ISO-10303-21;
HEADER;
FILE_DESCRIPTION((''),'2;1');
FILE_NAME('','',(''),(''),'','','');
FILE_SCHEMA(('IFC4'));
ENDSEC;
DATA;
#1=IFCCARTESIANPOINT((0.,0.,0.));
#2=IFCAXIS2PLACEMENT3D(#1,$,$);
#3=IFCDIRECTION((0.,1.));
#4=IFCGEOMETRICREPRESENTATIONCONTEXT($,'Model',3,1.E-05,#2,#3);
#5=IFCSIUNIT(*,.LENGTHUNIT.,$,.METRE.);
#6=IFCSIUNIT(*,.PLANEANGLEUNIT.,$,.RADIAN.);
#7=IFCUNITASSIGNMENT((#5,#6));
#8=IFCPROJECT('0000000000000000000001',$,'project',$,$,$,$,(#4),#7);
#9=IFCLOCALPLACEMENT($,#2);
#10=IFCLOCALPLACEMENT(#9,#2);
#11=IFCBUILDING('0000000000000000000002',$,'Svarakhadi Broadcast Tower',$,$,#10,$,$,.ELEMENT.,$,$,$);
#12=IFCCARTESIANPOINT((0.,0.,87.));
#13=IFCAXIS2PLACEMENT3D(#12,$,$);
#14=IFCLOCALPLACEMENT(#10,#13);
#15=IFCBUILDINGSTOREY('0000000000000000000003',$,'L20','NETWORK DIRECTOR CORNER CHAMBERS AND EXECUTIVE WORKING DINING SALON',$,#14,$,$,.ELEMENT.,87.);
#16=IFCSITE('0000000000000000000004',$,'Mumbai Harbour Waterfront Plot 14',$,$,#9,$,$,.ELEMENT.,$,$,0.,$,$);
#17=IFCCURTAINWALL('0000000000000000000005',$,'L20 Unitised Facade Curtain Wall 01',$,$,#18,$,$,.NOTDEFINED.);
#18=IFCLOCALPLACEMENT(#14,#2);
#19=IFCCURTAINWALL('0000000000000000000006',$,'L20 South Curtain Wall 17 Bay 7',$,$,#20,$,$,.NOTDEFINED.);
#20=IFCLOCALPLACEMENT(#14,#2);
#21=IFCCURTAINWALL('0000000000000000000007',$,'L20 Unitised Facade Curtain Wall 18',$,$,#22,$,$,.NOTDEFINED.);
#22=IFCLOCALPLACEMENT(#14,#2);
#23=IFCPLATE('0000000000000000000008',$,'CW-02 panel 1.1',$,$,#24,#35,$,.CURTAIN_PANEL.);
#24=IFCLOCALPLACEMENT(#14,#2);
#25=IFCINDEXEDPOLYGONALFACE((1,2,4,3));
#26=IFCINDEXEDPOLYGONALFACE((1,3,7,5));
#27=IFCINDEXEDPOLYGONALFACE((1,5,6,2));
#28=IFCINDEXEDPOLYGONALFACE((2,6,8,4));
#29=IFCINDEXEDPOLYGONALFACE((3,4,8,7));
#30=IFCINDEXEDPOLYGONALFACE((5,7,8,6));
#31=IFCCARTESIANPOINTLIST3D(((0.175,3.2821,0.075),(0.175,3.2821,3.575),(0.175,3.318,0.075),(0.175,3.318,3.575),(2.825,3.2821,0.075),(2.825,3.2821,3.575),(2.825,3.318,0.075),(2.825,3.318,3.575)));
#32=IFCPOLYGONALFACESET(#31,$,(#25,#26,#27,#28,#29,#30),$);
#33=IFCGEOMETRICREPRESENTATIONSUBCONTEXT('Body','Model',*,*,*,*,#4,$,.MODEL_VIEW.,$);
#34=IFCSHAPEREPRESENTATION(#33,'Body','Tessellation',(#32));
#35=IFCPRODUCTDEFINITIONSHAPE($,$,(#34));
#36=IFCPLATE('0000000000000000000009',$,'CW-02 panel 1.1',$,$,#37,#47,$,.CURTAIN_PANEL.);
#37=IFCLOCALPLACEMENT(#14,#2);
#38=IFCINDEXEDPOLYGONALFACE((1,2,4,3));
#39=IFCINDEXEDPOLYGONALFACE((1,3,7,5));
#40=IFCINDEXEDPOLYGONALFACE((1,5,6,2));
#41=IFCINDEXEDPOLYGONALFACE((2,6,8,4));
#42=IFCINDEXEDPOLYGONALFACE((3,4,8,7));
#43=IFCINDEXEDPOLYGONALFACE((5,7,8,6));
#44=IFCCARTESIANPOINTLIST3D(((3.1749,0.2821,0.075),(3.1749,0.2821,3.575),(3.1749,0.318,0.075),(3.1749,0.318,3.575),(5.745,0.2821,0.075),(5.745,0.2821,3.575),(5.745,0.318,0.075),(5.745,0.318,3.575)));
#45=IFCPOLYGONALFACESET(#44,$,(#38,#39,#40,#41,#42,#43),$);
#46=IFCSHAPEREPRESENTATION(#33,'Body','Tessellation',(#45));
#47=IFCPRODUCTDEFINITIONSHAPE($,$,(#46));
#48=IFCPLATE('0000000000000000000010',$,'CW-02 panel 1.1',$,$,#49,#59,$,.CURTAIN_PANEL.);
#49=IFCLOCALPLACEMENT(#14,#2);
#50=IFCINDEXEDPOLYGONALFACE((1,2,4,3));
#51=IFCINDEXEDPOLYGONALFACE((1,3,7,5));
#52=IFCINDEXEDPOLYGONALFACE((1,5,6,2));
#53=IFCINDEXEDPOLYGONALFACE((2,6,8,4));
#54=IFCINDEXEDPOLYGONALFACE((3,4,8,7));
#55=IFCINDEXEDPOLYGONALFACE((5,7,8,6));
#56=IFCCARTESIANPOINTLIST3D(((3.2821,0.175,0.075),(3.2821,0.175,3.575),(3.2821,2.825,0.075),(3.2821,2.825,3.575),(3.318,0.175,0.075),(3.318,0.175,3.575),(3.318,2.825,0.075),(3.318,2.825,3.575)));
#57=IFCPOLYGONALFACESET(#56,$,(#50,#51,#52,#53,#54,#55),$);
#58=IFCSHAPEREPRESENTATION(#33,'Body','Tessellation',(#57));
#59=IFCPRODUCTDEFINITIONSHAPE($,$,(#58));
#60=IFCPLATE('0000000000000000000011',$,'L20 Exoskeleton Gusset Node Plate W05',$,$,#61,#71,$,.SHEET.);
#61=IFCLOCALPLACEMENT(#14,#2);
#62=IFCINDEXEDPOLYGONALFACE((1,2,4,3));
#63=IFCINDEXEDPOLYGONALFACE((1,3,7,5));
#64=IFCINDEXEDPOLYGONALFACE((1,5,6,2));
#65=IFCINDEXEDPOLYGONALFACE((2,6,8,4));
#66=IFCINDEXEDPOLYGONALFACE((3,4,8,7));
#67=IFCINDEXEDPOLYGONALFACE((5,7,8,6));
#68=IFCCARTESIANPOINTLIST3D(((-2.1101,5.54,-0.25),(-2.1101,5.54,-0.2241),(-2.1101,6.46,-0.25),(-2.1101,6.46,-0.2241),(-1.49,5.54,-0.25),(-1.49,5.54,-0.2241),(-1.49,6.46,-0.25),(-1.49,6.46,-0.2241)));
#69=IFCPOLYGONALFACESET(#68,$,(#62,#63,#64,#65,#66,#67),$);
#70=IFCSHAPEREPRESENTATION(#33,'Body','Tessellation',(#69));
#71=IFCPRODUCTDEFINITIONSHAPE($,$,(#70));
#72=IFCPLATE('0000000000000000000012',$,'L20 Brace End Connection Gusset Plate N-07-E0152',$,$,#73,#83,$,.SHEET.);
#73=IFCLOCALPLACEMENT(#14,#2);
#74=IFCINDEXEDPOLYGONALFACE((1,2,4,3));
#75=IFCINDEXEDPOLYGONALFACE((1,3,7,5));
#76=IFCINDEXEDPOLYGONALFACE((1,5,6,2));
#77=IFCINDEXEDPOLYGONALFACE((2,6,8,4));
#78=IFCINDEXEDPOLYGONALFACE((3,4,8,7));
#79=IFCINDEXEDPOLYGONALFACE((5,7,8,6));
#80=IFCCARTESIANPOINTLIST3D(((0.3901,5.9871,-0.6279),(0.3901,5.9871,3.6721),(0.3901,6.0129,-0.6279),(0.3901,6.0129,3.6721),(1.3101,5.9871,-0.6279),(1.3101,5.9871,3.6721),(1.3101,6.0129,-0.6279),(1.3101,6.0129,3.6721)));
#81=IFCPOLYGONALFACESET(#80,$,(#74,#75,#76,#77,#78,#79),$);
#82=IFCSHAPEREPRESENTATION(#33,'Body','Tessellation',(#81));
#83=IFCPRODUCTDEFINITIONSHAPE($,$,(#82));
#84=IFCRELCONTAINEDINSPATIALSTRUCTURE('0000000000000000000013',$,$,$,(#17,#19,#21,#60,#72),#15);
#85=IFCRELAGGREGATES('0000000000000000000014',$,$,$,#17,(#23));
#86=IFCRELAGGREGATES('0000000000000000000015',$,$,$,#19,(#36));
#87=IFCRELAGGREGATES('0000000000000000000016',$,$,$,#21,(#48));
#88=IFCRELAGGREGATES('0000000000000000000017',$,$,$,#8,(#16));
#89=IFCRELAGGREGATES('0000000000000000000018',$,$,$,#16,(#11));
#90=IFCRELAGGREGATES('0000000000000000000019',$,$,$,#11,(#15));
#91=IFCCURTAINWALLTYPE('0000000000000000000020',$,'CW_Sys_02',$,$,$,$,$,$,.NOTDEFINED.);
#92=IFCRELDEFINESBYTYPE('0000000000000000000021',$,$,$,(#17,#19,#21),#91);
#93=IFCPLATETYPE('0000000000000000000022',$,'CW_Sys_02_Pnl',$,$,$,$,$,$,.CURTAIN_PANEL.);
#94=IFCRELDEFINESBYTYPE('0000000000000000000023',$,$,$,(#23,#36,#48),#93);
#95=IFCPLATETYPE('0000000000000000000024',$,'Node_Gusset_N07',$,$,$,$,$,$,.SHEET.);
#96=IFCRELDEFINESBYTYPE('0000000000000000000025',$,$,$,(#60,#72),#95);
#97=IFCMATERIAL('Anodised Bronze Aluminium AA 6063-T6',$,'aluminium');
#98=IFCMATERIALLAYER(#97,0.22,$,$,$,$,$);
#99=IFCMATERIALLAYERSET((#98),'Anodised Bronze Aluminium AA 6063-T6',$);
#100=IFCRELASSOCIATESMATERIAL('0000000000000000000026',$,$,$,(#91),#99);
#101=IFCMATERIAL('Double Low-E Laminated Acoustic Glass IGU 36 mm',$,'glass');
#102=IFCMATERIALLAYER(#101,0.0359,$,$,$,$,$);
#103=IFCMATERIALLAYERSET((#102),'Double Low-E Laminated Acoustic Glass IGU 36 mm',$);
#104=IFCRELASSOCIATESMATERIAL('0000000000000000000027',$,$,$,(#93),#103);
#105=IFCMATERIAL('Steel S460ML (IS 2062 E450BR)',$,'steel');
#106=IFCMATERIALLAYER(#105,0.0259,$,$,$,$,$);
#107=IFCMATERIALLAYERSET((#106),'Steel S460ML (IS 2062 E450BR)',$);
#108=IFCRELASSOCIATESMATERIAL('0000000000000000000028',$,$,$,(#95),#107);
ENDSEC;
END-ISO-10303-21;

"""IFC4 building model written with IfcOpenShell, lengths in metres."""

from ifc_helpers import new_model, si_unit, direction, frame, origin, origin_2d, place, context, subcontext, project, spatial, rectangle, extrude, material, layer, layer_set, type_object, element, aggregate, save


model = new_model("IFC4")

# Units and contexts
model_context = context("Model", 3, precision=1e-05, world=origin(), true_north=direction((0.0, 1.0)))
body_context = subcontext(model_context, "Body", "Model", "MODEL_VIEW")
ifc_project = project(units=[si_unit("LENGTHUNIT", "METRE"), si_unit("PLANEANGLEUNIT", "RADIAN")], contexts=[model_context])

# Site, building, storey
site_placement = place(None, origin())
site = spatial("IfcSite", under=ifc_project, at=site_placement, Name="Mumbai Harbour Waterfront Plot 14", CompositionType="ELEMENT", RefElevation=0.0)
building_placement = place(site_placement, origin())
building = spatial("IfcBuilding", under=site, at=building_placement, Name="Svarakhadi Broadcast Tower", CompositionType="ELEMENT")
storey_placement = place(building_placement, frame((0.0, 0.0, 87.0)))
storey = spatial("IfcBuildingStorey", under=building, at=storey_placement, Name="L20", Description="NETWORK DIRECTOR CORNER CHAMBERS AND EXECUTIVE WORKING DINING SALON", CompositionType="ELEMENT", Elevation=87.0)

# Shared definitions
ifc_material_1 = material(Name="Steel S460ML (IS 2062 E450BR)", Category="steel")

# Curtain wall
ifc_material_2 = material(Name="Anodised Bronze Aluminium AA 6063-T6", Category="aluminium")
ifc_layer_1 = layer(ifc_material_2, 0.22)
ifc_layer_set_1 = layer_set([ifc_layer_1], Name="Anodised Bronze Aluminium AA 6063-T6")
curtain_wall_type = type_object("IfcCurtainWallType", Name="CW_Sys_02", PredefinedType="NOTDEFINED", material=ifc_layer_set_1)
curtain_wall_1_placement = place(storey_placement, origin())
curtain_wall_1 = element("IfcCurtainWall", 1, at=curtain_wall_1_placement, inside=storey, type_object=curtain_wall_type, Name="L20 Unitised Facade Curtain Wall 01", PredefinedType="NOTDEFINED")

# Curtain wall
curtain_wall_2_placement = place(storey_placement, origin())
curtain_wall_2 = element("IfcCurtainWall", 2, at=curtain_wall_2_placement, inside=storey, type_object=curtain_wall_type, Name="L20 South Curtain Wall 17 Bay 7", PredefinedType="NOTDEFINED")

# Curtain wall
curtain_wall_3_placement = place(storey_placement, origin())
curtain_wall_3 = element("IfcCurtainWall", 3, at=curtain_wall_3_placement, inside=storey, type_object=curtain_wall_type, Name="L20 Unitised Facade Curtain Wall 18", PredefinedType="NOTDEFINED")

# Plates
ifc_material_3 = material(Name="Double Low-E Laminated Acoustic Glass IGU 36 mm", Category="glass")
ifc_layer_2 = layer(ifc_material_3, 0.0359)
ifc_layer_set_2 = layer_set([ifc_layer_2], Name="Double Low-E Laminated Acoustic Glass IGU 36 mm")
plate_type_1 = type_object("IfcPlateType", Name="CW_Sys_02_Pnl", PredefinedType="CURTAIN_PANEL", material=ifc_layer_set_2)
plate_1_placement = place(storey_placement, frame((1.5, 3.3, 0.075), z_axis=(0.0, 0.0, 1.0), x_axis=(-1.0, 0.0, 0.0)))
plate_1 = element("IfcPlate", 4, at=plate_1_placement, type_object=plate_type_1, Name="CW-02 panel 1.1", PredefinedType="CURTAIN_PANEL", context=body_context, shape_type="SweptSolid", body=[
    extrude(rectangle(XDim=2.6499, YDim=0.0359, at=origin_2d()), origin(), (0.0, 0.0, 1.0), 3.5),
])
aggregate(curtain_wall_1, [plate_1])
plate_2_placement = place(storey_placement, frame((4.46, 0.3, 0.075), z_axis=(0.0, 0.0, 1.0), x_axis=(-1.0, 0.0, 0.0)))
plate_2 = element("IfcPlate", 5, at=plate_2_placement, type_object=plate_type_1, Name="CW-02 panel 1.1", PredefinedType="CURTAIN_PANEL", context=body_context, shape_type="SweptSolid", body=[
    extrude(rectangle(XDim=2.5701, YDim=0.0359, at=origin_2d()), origin(), (0.0, 0.0, 1.0), 3.5),
])
aggregate(curtain_wall_2, [plate_2])
plate_3_placement = place(storey_placement, frame((3.3, 1.5, 0.075), z_axis=(0.0, 0.0, 1.0), x_axis=(0.0, 1.0, 0.0)))
plate_3 = element("IfcPlate", 6, at=plate_3_placement, type_object=plate_type_1, Name="CW-02 panel 1.1", PredefinedType="CURTAIN_PANEL", context=body_context, shape_type="SweptSolid", body=[
    extrude(rectangle(XDim=2.6499, YDim=0.0359, at=origin_2d()), origin(), (0.0, 0.0, 1.0), 3.5),
])
aggregate(curtain_wall_3, [plate_3])

# Plates
ifc_layer_3 = layer(ifc_material_1, 0.0259)
ifc_layer_set_3 = layer_set([ifc_layer_3], Name="Steel S460ML (IS 2062 E450BR)")
plate_type_2 = type_object("IfcPlateType", Name="Node_Gusset_N07", PredefinedType="SHEET", material=ifc_layer_set_3)
plate_4_placement = place(storey_placement, frame((-1.8, 6.0, -0.25), z_axis=(0.0, 0.0, 1.0), x_axis=(0.0, 1.0, 0.0)))
element("IfcPlate", 7, at=plate_4_placement, inside=storey, type_object=plate_type_2, Name="L20 Exoskeleton Gusset Node Plate W05", PredefinedType="SHEET", context=body_context, shape_type="SweptSolid", body=[
    extrude(rectangle(XDim=0.9199, YDim=0.6201, at=origin_2d()), origin(), (0.0, 0.0, 1.0), 0.0259),
])
plate_5_placement = place(storey_placement, frame((0.8501, 6.0, -0.6279), z_axis=(0.0, 0.0, 1.0), x_axis=(1.0, 0.0, 0.0)))
element("IfcPlate", 8, at=plate_5_placement, inside=storey, type_object=plate_type_2, Name="L20 Brace End Connection Gusset Plate N-07-E0152", PredefinedType="SHEET", context=body_context, shape_type="SweptSolid", body=[
    extrude(rectangle(XDim=0.9199, YDim=0.0259, at=origin_2d()), origin(), (0.0, 0.0, 1.0), 4.3),
])

save(model, "model.ifc")
